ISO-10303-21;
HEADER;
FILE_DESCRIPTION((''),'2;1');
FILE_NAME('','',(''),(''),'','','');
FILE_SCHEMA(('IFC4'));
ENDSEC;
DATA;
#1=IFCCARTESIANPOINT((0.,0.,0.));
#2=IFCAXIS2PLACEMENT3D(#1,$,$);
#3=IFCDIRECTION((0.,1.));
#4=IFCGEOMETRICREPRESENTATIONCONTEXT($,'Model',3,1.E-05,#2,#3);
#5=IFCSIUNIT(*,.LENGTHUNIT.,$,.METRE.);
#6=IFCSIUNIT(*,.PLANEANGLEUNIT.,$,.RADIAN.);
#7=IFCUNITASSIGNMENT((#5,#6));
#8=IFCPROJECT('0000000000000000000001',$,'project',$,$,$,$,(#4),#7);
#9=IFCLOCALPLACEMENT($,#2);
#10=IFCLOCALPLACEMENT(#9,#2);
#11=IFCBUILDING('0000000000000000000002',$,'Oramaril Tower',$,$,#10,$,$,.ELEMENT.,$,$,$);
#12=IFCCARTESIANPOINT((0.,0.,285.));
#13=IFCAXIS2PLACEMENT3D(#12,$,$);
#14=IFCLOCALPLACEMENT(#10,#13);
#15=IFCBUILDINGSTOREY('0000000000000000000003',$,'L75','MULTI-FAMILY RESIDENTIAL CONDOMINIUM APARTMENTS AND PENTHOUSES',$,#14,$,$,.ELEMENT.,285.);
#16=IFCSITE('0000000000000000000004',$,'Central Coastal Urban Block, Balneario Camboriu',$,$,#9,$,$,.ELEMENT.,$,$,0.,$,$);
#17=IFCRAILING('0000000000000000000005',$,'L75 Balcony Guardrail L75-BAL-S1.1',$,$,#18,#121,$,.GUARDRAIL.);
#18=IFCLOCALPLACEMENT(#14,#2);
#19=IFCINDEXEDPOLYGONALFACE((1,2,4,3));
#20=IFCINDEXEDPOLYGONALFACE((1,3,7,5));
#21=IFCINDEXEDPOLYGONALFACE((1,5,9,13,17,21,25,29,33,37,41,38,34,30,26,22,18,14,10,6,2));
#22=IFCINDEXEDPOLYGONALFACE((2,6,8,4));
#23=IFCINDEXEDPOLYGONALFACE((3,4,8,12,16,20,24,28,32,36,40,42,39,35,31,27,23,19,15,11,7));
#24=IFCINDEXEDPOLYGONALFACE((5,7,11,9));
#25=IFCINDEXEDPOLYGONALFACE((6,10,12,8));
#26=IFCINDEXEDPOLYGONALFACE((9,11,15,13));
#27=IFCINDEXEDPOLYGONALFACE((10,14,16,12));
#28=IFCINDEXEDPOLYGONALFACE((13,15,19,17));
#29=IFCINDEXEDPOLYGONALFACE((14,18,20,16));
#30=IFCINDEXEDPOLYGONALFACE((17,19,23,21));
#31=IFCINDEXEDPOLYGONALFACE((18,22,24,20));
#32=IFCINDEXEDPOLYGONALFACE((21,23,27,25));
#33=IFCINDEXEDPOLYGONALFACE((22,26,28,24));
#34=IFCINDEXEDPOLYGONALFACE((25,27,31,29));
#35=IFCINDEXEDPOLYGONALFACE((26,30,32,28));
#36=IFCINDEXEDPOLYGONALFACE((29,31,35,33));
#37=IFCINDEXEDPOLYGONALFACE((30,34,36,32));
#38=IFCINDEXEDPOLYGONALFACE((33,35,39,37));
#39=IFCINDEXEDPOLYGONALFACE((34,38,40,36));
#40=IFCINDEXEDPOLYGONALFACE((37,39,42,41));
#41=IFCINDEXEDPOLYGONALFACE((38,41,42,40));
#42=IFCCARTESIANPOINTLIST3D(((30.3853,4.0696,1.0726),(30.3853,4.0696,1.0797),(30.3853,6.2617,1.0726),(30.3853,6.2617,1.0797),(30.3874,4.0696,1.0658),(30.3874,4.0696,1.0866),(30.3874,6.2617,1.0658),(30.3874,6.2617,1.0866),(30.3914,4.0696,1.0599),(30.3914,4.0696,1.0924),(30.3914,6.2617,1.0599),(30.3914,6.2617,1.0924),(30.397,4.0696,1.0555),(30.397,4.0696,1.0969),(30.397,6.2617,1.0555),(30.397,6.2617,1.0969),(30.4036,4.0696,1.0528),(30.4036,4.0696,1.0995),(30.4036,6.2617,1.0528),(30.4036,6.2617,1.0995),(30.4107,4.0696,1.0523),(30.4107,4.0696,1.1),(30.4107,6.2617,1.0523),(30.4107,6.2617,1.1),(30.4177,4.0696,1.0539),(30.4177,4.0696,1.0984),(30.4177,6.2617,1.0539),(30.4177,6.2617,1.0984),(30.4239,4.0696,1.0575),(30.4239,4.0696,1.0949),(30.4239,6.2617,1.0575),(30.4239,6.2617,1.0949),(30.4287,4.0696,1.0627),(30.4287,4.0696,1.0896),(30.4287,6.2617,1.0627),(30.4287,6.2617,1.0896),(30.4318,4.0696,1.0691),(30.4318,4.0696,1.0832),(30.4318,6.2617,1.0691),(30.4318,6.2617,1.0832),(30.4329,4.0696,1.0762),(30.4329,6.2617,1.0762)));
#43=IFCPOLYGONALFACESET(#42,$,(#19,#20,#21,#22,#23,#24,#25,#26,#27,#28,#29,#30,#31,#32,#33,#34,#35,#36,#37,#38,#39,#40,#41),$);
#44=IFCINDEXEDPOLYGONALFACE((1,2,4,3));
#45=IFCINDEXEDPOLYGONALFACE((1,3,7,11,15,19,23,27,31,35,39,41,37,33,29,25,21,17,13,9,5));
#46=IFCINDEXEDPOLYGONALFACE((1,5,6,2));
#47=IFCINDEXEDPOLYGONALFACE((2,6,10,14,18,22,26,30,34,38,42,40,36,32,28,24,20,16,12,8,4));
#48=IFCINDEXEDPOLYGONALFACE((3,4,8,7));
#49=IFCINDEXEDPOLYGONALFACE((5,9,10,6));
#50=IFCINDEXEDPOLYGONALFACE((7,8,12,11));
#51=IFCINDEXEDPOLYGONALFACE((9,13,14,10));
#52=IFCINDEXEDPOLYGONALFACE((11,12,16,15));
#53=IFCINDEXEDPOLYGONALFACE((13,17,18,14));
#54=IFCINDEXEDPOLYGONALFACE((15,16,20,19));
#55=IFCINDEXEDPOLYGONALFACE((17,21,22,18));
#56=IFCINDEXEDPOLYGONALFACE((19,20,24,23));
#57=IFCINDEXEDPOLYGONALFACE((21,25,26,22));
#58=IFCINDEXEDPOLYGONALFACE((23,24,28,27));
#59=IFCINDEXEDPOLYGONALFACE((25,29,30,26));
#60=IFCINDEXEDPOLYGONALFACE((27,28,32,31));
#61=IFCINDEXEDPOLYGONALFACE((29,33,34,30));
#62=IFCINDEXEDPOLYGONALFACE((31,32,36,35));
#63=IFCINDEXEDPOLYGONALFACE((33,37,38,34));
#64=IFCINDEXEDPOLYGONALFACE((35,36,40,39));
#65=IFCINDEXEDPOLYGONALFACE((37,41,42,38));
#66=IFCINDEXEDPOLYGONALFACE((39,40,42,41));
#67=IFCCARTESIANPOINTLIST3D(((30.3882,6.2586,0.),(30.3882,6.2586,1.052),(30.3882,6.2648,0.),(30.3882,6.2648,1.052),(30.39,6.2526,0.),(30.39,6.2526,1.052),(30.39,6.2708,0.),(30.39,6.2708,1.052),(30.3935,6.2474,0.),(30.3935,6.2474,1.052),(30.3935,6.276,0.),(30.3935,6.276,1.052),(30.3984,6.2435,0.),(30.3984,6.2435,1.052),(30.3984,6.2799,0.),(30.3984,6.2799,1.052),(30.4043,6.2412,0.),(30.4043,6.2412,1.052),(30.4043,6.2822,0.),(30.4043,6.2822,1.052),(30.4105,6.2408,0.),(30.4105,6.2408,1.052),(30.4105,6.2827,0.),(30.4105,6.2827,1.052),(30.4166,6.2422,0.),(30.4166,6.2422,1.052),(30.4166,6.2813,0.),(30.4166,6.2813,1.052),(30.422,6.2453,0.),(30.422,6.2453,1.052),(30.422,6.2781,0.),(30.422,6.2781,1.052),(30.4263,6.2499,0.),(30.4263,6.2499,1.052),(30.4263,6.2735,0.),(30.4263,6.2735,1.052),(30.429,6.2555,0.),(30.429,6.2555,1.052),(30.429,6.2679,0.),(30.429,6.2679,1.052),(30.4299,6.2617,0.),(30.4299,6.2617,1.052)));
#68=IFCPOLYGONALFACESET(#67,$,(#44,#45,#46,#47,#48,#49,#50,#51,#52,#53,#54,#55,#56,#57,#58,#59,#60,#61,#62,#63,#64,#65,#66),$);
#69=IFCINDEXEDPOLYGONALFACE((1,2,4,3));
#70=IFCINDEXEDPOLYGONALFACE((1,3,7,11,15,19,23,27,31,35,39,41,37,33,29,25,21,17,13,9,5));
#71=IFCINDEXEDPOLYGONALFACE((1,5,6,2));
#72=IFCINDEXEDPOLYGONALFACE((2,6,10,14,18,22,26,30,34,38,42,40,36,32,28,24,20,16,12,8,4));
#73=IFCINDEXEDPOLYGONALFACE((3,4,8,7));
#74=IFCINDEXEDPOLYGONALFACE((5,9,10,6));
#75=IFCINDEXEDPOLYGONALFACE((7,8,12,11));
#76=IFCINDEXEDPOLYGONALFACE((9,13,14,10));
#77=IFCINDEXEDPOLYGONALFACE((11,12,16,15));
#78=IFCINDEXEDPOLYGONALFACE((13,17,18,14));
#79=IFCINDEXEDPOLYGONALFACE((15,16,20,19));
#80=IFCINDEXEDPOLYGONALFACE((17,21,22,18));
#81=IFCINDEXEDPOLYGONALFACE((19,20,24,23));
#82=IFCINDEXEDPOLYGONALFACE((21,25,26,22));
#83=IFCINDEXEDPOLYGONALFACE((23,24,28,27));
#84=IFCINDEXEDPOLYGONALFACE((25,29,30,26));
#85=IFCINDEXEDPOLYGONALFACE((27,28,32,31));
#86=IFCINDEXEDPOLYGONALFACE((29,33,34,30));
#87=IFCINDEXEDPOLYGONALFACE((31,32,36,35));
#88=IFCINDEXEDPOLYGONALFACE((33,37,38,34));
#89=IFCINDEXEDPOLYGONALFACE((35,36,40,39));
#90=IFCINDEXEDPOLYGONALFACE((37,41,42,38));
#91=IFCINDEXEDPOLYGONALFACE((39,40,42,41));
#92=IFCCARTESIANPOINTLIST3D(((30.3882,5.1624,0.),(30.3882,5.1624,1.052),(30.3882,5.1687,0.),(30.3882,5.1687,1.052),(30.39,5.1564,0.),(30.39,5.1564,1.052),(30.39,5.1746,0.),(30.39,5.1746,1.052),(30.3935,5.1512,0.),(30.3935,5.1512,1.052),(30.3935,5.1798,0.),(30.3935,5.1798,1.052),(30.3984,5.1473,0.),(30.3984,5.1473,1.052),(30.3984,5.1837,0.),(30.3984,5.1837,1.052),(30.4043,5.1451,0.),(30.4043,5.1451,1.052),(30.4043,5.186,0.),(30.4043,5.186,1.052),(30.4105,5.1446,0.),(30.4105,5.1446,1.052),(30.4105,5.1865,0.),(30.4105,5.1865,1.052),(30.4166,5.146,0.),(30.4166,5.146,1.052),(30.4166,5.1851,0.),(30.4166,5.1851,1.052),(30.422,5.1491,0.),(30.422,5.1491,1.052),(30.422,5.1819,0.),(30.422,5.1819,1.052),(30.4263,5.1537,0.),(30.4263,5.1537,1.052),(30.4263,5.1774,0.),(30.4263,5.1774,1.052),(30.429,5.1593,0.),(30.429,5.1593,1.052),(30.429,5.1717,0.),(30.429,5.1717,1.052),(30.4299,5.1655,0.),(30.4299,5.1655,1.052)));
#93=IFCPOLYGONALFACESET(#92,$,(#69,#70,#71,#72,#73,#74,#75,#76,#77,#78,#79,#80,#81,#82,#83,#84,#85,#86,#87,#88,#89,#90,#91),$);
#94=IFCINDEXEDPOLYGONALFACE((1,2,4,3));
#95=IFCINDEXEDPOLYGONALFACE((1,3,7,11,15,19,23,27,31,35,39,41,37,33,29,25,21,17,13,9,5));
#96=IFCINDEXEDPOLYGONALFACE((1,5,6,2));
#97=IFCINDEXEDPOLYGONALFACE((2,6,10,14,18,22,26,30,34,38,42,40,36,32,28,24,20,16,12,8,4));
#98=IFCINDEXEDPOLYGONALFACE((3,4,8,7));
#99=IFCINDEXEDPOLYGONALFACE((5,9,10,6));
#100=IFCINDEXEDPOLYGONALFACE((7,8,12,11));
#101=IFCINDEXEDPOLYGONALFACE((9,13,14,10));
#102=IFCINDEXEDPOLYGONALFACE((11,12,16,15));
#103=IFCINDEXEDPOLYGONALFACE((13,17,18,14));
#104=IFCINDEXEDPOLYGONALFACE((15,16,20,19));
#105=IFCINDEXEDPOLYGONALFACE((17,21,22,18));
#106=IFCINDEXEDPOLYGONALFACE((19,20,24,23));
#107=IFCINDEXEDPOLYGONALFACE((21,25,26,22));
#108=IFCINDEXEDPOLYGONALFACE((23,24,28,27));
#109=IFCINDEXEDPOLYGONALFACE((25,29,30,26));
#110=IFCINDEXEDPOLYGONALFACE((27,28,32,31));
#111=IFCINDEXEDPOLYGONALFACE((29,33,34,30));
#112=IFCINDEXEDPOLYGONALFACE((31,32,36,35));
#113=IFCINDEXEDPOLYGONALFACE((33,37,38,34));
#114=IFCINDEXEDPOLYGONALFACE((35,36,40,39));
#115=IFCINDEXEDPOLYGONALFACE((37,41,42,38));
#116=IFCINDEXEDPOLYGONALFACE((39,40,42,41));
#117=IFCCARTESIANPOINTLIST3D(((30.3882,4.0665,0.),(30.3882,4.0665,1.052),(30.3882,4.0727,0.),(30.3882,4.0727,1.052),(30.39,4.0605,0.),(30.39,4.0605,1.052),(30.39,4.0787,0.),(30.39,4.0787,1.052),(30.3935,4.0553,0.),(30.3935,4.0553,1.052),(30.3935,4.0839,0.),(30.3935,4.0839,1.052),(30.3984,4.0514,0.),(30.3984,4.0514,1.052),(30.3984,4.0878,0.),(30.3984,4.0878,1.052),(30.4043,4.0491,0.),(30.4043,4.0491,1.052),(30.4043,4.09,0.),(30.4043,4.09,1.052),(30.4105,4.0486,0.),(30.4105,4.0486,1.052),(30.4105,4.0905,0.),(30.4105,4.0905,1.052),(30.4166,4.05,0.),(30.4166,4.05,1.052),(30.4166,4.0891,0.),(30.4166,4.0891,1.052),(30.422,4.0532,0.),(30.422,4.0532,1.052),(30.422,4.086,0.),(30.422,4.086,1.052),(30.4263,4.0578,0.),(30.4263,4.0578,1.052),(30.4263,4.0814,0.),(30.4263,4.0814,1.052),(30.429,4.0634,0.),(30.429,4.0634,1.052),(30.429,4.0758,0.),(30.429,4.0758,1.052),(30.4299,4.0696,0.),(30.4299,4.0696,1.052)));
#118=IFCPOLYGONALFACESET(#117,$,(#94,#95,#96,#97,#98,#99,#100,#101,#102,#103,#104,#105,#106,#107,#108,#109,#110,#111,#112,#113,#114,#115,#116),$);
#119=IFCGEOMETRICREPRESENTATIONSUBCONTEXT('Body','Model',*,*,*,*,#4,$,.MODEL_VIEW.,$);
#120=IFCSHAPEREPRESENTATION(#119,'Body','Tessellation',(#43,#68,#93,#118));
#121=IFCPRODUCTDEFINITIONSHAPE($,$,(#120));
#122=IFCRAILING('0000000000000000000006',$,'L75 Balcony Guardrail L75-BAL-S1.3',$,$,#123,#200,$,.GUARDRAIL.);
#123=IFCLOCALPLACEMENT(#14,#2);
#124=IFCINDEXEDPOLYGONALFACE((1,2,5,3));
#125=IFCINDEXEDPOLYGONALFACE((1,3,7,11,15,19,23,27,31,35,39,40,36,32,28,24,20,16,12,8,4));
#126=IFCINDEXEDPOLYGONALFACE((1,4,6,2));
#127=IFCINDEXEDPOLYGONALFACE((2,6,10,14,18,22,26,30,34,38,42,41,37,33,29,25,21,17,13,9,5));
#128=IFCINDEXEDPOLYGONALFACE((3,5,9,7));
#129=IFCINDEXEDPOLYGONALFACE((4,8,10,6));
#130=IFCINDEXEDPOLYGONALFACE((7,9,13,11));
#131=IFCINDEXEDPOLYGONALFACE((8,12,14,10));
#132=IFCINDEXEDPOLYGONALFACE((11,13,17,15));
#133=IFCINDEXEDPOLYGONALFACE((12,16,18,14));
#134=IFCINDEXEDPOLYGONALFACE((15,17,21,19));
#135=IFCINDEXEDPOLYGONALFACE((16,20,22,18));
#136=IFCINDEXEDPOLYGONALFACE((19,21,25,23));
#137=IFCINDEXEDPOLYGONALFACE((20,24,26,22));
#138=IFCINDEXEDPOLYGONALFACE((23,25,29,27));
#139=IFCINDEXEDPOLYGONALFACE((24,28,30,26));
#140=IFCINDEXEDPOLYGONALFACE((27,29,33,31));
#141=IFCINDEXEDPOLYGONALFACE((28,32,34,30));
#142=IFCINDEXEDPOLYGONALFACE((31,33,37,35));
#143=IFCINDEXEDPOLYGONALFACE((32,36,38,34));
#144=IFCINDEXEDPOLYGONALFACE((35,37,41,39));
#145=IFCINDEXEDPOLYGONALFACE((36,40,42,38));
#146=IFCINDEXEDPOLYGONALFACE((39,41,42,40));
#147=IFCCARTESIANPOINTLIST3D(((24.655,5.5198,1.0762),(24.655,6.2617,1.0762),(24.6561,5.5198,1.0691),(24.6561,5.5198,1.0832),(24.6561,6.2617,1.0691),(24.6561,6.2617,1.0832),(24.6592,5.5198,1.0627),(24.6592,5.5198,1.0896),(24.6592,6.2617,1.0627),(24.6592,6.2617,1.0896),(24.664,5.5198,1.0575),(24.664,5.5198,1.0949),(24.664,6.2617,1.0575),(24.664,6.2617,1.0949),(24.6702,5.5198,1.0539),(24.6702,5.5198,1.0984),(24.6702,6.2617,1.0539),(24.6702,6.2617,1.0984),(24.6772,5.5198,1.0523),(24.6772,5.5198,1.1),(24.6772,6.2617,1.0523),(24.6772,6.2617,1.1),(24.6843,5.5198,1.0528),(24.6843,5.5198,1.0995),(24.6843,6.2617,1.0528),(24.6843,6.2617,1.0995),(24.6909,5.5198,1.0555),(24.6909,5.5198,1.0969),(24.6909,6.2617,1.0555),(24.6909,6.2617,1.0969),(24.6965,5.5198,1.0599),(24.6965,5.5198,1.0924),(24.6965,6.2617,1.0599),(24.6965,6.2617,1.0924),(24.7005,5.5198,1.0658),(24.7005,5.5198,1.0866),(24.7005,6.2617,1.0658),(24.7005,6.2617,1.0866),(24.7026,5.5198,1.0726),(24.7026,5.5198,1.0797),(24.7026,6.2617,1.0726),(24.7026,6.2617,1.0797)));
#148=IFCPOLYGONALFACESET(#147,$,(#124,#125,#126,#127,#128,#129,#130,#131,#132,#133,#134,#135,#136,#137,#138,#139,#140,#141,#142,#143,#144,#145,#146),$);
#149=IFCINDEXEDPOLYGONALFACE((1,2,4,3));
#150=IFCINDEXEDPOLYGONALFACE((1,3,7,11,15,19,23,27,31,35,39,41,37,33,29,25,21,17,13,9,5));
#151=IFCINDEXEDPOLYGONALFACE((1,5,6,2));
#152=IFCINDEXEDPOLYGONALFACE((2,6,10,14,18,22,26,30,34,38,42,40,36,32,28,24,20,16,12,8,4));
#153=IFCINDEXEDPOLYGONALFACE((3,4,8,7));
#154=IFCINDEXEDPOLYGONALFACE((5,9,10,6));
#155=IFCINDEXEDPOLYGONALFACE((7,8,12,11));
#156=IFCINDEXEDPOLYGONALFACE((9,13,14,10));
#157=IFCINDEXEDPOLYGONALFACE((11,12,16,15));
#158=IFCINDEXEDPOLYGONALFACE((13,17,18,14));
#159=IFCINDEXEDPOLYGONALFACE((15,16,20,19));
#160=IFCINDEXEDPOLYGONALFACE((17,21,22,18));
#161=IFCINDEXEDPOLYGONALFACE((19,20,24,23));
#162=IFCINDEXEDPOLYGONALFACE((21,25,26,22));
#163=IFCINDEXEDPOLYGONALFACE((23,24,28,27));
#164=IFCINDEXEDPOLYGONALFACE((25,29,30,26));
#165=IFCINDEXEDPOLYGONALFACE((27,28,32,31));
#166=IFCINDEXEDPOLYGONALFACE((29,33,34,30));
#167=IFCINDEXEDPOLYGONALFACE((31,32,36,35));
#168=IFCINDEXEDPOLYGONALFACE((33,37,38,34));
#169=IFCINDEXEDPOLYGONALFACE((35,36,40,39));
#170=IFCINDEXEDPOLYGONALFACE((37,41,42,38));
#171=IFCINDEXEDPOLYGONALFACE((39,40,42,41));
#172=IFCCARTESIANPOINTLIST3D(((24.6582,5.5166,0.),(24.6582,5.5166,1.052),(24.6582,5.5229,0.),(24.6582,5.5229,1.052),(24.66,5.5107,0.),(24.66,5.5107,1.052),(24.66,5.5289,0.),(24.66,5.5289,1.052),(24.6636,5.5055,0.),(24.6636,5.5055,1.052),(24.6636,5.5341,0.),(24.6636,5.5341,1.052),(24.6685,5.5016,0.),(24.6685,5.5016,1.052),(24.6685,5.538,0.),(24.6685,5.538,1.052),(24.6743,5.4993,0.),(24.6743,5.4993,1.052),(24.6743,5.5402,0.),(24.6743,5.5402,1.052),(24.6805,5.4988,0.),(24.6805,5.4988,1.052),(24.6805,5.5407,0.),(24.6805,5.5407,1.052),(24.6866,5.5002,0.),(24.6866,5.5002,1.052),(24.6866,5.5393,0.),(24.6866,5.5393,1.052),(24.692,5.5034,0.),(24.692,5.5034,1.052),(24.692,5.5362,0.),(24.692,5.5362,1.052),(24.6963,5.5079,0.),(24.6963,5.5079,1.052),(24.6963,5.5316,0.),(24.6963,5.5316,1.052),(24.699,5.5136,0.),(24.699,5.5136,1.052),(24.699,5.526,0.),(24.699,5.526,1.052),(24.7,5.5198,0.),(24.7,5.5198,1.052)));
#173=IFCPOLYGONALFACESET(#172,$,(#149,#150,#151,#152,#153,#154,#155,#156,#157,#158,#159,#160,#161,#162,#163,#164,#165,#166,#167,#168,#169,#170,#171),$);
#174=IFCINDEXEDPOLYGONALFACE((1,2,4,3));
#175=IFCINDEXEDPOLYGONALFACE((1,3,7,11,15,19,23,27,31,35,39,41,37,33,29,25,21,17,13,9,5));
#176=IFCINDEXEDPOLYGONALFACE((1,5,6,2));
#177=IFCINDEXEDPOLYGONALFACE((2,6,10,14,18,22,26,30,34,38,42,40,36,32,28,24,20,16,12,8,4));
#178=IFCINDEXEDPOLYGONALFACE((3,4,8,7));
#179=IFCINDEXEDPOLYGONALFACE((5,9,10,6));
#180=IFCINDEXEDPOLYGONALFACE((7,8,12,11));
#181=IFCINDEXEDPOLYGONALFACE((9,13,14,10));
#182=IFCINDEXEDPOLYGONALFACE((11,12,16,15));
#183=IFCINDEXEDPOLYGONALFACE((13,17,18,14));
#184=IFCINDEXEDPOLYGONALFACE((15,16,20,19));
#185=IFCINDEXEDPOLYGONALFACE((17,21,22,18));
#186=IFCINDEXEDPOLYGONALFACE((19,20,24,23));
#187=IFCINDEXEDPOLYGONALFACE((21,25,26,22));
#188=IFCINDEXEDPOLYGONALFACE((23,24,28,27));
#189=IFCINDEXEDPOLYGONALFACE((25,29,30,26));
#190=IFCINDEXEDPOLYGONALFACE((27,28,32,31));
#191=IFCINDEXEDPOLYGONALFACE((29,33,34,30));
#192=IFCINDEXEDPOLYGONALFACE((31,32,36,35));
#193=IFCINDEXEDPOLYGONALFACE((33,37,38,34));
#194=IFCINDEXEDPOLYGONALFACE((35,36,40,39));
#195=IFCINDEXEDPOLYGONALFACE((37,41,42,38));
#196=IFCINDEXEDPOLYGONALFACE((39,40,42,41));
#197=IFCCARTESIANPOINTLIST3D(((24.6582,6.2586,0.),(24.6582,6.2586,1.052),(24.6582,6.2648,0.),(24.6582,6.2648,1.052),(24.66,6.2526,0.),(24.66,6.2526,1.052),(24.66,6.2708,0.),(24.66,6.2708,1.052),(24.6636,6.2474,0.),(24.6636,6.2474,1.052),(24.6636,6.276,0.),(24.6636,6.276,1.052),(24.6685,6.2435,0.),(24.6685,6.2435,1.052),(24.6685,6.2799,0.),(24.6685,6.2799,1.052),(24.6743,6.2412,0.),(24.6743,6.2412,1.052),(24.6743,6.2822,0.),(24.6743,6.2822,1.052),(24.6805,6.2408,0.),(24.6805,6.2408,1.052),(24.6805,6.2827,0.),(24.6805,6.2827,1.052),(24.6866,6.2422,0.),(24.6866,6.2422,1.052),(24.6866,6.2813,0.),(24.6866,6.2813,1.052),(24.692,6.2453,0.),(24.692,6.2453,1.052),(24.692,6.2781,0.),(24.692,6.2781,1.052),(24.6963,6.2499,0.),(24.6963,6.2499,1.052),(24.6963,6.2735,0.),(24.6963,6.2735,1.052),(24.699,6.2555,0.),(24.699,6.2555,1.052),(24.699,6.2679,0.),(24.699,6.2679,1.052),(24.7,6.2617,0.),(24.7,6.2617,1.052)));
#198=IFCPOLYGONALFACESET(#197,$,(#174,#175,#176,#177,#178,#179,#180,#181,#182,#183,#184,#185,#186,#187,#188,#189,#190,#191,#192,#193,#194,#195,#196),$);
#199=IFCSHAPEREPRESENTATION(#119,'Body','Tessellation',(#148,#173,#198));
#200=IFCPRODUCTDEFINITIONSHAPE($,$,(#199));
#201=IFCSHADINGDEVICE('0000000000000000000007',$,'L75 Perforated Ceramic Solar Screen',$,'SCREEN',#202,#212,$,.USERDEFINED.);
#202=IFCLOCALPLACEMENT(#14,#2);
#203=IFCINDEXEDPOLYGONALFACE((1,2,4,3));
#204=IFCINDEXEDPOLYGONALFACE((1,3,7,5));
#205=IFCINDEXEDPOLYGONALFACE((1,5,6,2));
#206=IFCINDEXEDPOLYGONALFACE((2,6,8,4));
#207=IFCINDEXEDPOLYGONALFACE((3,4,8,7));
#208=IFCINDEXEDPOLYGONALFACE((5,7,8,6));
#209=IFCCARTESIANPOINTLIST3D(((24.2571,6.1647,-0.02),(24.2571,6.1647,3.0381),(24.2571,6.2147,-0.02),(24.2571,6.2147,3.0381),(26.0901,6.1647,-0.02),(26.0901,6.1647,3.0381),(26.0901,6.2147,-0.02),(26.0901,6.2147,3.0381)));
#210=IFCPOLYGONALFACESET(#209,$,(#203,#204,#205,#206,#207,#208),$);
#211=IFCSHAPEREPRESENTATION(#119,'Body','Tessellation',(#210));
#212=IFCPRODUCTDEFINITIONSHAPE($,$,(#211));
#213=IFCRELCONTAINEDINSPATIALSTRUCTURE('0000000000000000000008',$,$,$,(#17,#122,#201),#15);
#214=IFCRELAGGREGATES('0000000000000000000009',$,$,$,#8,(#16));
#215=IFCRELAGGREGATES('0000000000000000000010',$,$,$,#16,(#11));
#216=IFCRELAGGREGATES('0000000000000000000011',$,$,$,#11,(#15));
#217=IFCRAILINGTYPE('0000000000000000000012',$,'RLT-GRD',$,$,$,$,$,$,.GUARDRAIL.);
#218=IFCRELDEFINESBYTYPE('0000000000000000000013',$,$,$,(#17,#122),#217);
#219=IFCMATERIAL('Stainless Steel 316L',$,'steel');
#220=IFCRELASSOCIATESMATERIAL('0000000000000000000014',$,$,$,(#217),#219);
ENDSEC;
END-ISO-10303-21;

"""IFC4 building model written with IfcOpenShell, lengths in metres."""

from ifc_helpers import new_model, si_unit, direction, frame, origin, origin_2d, place, context, subcontext, project, spatial, rectangle, circle, extrude, material, type_object, element, save


model = new_model("IFC4")

# Units and contexts
model_context = context("Model", 3, precision=1e-05, world=origin(), true_north=direction((0.0, 1.0)))
body_context = subcontext(model_context, "Body", "Model", "MODEL_VIEW")
ifc_project = project(units=[si_unit("LENGTHUNIT", "METRE"), si_unit("PLANEANGLEUNIT", "RADIAN")], contexts=[model_context])

# Site, building, storey
site_placement = place(None, origin())
site = spatial("IfcSite", under=ifc_project, at=site_placement, Name="Central Coastal Urban Block, Balneario Camboriu", CompositionType="ELEMENT", RefElevation=0.0)
building_placement = place(site_placement, origin())
building = spatial("IfcBuilding", under=site, at=building_placement, Name="Oramaril Tower", CompositionType="ELEMENT")
storey_placement = place(building_placement, frame((0.0, 0.0, 285.0)))
storey = spatial("IfcBuildingStorey", under=building, at=storey_placement, Name="L75", Description="MULTI-FAMILY RESIDENTIAL CONDOMINIUM APARTMENTS AND PENTHOUSES", CompositionType="ELEMENT", Elevation=285.0)

# Railings
ifc_material_1 = material(Name="Stainless Steel 316L", Category="steel")
railing_type = type_object("IfcRailingType", Name="RLT-GRD", PredefinedType="GUARDRAIL", material=ifc_material_1)
railing_1_placement = place(storey_placement, frame((30.4089, 6.2617, 0.0)))
element("IfcRailing", 1, at=railing_1_placement, inside=storey, type_object=railing_type, Name="L75 Balcony Guardrail L75-BAL-S1.1", PredefinedType="GUARDRAIL", context=body_context, shape_type="SweptSolid", body=[
    extrude(circle(Radius=0.0239, at=origin_2d()), frame((0.0, 0.0, 1.0762), z_axis=(0.0, -1.0, 0.0), x_axis=(1.0, 0.0, 0.0)), (0.0, 0.0, 1.0), 2.1921),
    extrude(circle(Radius=0.021, at=origin_2d()), origin(), (0.0, 0.0, 1.0), 1.052),
    extrude(circle(Radius=0.021, at=origin_2d()), frame((0.0, -1.0962, 0.0)), (0.0, 0.0, 1.0), 1.052),
    extrude(circle(Radius=0.021, at=origin_2d()), frame((0.0, -2.1921, 0.0)), (0.0, 0.0, 1.0), 1.052),
])
railing_2_placement = place(storey_placement, frame((24.679, 5.5198, 0.0)))
element("IfcRailing", 2, at=railing_2_placement, inside=storey, type_object=railing_type, Name="L75 Balcony Guardrail L75-BAL-S1.3", PredefinedType="GUARDRAIL", context=body_context, shape_type="SweptSolid", body=[
    extrude(circle(Radius=0.0239, at=origin_2d()), frame((0.0, 0.0, 1.0762), z_axis=(0.0, 1.0, 0.0), x_axis=(-1.0, 0.0, 0.0)), (0.0, 0.0, 1.0), 0.7419),
    extrude(circle(Radius=0.021, at=origin_2d()), origin(), (0.0, 0.0, 1.0), 1.052),
    extrude(circle(Radius=0.021, at=origin_2d()), frame((0.0, 0.7419, 0.0)), (0.0, 0.0, 1.0), 1.052),
])

# Shading device
for number, where, z_axis, x_axis, name in (
    (3, (25.1736, 6.1897, -0.02), (0.0, 0.0, 1.0), (1.0, 0.0, 0.0), "L75 Perforated Ceramic Solar Screen"),
):
    element("IfcShadingDevice", number, at=place(storey_placement, frame(where, z_axis=z_axis, x_axis=x_axis)), inside=storey, Name=name, ObjectType="SCREEN", PredefinedType="USERDEFINED", context=body_context, shape_type="SweptSolid", body=[
        extrude(rectangle(XDim=1.833, YDim=0.05, at=origin_2d()), origin(), (0.0, 0.0, 1.0), 3.0581),
    ])

save(model, "model.ifc")
